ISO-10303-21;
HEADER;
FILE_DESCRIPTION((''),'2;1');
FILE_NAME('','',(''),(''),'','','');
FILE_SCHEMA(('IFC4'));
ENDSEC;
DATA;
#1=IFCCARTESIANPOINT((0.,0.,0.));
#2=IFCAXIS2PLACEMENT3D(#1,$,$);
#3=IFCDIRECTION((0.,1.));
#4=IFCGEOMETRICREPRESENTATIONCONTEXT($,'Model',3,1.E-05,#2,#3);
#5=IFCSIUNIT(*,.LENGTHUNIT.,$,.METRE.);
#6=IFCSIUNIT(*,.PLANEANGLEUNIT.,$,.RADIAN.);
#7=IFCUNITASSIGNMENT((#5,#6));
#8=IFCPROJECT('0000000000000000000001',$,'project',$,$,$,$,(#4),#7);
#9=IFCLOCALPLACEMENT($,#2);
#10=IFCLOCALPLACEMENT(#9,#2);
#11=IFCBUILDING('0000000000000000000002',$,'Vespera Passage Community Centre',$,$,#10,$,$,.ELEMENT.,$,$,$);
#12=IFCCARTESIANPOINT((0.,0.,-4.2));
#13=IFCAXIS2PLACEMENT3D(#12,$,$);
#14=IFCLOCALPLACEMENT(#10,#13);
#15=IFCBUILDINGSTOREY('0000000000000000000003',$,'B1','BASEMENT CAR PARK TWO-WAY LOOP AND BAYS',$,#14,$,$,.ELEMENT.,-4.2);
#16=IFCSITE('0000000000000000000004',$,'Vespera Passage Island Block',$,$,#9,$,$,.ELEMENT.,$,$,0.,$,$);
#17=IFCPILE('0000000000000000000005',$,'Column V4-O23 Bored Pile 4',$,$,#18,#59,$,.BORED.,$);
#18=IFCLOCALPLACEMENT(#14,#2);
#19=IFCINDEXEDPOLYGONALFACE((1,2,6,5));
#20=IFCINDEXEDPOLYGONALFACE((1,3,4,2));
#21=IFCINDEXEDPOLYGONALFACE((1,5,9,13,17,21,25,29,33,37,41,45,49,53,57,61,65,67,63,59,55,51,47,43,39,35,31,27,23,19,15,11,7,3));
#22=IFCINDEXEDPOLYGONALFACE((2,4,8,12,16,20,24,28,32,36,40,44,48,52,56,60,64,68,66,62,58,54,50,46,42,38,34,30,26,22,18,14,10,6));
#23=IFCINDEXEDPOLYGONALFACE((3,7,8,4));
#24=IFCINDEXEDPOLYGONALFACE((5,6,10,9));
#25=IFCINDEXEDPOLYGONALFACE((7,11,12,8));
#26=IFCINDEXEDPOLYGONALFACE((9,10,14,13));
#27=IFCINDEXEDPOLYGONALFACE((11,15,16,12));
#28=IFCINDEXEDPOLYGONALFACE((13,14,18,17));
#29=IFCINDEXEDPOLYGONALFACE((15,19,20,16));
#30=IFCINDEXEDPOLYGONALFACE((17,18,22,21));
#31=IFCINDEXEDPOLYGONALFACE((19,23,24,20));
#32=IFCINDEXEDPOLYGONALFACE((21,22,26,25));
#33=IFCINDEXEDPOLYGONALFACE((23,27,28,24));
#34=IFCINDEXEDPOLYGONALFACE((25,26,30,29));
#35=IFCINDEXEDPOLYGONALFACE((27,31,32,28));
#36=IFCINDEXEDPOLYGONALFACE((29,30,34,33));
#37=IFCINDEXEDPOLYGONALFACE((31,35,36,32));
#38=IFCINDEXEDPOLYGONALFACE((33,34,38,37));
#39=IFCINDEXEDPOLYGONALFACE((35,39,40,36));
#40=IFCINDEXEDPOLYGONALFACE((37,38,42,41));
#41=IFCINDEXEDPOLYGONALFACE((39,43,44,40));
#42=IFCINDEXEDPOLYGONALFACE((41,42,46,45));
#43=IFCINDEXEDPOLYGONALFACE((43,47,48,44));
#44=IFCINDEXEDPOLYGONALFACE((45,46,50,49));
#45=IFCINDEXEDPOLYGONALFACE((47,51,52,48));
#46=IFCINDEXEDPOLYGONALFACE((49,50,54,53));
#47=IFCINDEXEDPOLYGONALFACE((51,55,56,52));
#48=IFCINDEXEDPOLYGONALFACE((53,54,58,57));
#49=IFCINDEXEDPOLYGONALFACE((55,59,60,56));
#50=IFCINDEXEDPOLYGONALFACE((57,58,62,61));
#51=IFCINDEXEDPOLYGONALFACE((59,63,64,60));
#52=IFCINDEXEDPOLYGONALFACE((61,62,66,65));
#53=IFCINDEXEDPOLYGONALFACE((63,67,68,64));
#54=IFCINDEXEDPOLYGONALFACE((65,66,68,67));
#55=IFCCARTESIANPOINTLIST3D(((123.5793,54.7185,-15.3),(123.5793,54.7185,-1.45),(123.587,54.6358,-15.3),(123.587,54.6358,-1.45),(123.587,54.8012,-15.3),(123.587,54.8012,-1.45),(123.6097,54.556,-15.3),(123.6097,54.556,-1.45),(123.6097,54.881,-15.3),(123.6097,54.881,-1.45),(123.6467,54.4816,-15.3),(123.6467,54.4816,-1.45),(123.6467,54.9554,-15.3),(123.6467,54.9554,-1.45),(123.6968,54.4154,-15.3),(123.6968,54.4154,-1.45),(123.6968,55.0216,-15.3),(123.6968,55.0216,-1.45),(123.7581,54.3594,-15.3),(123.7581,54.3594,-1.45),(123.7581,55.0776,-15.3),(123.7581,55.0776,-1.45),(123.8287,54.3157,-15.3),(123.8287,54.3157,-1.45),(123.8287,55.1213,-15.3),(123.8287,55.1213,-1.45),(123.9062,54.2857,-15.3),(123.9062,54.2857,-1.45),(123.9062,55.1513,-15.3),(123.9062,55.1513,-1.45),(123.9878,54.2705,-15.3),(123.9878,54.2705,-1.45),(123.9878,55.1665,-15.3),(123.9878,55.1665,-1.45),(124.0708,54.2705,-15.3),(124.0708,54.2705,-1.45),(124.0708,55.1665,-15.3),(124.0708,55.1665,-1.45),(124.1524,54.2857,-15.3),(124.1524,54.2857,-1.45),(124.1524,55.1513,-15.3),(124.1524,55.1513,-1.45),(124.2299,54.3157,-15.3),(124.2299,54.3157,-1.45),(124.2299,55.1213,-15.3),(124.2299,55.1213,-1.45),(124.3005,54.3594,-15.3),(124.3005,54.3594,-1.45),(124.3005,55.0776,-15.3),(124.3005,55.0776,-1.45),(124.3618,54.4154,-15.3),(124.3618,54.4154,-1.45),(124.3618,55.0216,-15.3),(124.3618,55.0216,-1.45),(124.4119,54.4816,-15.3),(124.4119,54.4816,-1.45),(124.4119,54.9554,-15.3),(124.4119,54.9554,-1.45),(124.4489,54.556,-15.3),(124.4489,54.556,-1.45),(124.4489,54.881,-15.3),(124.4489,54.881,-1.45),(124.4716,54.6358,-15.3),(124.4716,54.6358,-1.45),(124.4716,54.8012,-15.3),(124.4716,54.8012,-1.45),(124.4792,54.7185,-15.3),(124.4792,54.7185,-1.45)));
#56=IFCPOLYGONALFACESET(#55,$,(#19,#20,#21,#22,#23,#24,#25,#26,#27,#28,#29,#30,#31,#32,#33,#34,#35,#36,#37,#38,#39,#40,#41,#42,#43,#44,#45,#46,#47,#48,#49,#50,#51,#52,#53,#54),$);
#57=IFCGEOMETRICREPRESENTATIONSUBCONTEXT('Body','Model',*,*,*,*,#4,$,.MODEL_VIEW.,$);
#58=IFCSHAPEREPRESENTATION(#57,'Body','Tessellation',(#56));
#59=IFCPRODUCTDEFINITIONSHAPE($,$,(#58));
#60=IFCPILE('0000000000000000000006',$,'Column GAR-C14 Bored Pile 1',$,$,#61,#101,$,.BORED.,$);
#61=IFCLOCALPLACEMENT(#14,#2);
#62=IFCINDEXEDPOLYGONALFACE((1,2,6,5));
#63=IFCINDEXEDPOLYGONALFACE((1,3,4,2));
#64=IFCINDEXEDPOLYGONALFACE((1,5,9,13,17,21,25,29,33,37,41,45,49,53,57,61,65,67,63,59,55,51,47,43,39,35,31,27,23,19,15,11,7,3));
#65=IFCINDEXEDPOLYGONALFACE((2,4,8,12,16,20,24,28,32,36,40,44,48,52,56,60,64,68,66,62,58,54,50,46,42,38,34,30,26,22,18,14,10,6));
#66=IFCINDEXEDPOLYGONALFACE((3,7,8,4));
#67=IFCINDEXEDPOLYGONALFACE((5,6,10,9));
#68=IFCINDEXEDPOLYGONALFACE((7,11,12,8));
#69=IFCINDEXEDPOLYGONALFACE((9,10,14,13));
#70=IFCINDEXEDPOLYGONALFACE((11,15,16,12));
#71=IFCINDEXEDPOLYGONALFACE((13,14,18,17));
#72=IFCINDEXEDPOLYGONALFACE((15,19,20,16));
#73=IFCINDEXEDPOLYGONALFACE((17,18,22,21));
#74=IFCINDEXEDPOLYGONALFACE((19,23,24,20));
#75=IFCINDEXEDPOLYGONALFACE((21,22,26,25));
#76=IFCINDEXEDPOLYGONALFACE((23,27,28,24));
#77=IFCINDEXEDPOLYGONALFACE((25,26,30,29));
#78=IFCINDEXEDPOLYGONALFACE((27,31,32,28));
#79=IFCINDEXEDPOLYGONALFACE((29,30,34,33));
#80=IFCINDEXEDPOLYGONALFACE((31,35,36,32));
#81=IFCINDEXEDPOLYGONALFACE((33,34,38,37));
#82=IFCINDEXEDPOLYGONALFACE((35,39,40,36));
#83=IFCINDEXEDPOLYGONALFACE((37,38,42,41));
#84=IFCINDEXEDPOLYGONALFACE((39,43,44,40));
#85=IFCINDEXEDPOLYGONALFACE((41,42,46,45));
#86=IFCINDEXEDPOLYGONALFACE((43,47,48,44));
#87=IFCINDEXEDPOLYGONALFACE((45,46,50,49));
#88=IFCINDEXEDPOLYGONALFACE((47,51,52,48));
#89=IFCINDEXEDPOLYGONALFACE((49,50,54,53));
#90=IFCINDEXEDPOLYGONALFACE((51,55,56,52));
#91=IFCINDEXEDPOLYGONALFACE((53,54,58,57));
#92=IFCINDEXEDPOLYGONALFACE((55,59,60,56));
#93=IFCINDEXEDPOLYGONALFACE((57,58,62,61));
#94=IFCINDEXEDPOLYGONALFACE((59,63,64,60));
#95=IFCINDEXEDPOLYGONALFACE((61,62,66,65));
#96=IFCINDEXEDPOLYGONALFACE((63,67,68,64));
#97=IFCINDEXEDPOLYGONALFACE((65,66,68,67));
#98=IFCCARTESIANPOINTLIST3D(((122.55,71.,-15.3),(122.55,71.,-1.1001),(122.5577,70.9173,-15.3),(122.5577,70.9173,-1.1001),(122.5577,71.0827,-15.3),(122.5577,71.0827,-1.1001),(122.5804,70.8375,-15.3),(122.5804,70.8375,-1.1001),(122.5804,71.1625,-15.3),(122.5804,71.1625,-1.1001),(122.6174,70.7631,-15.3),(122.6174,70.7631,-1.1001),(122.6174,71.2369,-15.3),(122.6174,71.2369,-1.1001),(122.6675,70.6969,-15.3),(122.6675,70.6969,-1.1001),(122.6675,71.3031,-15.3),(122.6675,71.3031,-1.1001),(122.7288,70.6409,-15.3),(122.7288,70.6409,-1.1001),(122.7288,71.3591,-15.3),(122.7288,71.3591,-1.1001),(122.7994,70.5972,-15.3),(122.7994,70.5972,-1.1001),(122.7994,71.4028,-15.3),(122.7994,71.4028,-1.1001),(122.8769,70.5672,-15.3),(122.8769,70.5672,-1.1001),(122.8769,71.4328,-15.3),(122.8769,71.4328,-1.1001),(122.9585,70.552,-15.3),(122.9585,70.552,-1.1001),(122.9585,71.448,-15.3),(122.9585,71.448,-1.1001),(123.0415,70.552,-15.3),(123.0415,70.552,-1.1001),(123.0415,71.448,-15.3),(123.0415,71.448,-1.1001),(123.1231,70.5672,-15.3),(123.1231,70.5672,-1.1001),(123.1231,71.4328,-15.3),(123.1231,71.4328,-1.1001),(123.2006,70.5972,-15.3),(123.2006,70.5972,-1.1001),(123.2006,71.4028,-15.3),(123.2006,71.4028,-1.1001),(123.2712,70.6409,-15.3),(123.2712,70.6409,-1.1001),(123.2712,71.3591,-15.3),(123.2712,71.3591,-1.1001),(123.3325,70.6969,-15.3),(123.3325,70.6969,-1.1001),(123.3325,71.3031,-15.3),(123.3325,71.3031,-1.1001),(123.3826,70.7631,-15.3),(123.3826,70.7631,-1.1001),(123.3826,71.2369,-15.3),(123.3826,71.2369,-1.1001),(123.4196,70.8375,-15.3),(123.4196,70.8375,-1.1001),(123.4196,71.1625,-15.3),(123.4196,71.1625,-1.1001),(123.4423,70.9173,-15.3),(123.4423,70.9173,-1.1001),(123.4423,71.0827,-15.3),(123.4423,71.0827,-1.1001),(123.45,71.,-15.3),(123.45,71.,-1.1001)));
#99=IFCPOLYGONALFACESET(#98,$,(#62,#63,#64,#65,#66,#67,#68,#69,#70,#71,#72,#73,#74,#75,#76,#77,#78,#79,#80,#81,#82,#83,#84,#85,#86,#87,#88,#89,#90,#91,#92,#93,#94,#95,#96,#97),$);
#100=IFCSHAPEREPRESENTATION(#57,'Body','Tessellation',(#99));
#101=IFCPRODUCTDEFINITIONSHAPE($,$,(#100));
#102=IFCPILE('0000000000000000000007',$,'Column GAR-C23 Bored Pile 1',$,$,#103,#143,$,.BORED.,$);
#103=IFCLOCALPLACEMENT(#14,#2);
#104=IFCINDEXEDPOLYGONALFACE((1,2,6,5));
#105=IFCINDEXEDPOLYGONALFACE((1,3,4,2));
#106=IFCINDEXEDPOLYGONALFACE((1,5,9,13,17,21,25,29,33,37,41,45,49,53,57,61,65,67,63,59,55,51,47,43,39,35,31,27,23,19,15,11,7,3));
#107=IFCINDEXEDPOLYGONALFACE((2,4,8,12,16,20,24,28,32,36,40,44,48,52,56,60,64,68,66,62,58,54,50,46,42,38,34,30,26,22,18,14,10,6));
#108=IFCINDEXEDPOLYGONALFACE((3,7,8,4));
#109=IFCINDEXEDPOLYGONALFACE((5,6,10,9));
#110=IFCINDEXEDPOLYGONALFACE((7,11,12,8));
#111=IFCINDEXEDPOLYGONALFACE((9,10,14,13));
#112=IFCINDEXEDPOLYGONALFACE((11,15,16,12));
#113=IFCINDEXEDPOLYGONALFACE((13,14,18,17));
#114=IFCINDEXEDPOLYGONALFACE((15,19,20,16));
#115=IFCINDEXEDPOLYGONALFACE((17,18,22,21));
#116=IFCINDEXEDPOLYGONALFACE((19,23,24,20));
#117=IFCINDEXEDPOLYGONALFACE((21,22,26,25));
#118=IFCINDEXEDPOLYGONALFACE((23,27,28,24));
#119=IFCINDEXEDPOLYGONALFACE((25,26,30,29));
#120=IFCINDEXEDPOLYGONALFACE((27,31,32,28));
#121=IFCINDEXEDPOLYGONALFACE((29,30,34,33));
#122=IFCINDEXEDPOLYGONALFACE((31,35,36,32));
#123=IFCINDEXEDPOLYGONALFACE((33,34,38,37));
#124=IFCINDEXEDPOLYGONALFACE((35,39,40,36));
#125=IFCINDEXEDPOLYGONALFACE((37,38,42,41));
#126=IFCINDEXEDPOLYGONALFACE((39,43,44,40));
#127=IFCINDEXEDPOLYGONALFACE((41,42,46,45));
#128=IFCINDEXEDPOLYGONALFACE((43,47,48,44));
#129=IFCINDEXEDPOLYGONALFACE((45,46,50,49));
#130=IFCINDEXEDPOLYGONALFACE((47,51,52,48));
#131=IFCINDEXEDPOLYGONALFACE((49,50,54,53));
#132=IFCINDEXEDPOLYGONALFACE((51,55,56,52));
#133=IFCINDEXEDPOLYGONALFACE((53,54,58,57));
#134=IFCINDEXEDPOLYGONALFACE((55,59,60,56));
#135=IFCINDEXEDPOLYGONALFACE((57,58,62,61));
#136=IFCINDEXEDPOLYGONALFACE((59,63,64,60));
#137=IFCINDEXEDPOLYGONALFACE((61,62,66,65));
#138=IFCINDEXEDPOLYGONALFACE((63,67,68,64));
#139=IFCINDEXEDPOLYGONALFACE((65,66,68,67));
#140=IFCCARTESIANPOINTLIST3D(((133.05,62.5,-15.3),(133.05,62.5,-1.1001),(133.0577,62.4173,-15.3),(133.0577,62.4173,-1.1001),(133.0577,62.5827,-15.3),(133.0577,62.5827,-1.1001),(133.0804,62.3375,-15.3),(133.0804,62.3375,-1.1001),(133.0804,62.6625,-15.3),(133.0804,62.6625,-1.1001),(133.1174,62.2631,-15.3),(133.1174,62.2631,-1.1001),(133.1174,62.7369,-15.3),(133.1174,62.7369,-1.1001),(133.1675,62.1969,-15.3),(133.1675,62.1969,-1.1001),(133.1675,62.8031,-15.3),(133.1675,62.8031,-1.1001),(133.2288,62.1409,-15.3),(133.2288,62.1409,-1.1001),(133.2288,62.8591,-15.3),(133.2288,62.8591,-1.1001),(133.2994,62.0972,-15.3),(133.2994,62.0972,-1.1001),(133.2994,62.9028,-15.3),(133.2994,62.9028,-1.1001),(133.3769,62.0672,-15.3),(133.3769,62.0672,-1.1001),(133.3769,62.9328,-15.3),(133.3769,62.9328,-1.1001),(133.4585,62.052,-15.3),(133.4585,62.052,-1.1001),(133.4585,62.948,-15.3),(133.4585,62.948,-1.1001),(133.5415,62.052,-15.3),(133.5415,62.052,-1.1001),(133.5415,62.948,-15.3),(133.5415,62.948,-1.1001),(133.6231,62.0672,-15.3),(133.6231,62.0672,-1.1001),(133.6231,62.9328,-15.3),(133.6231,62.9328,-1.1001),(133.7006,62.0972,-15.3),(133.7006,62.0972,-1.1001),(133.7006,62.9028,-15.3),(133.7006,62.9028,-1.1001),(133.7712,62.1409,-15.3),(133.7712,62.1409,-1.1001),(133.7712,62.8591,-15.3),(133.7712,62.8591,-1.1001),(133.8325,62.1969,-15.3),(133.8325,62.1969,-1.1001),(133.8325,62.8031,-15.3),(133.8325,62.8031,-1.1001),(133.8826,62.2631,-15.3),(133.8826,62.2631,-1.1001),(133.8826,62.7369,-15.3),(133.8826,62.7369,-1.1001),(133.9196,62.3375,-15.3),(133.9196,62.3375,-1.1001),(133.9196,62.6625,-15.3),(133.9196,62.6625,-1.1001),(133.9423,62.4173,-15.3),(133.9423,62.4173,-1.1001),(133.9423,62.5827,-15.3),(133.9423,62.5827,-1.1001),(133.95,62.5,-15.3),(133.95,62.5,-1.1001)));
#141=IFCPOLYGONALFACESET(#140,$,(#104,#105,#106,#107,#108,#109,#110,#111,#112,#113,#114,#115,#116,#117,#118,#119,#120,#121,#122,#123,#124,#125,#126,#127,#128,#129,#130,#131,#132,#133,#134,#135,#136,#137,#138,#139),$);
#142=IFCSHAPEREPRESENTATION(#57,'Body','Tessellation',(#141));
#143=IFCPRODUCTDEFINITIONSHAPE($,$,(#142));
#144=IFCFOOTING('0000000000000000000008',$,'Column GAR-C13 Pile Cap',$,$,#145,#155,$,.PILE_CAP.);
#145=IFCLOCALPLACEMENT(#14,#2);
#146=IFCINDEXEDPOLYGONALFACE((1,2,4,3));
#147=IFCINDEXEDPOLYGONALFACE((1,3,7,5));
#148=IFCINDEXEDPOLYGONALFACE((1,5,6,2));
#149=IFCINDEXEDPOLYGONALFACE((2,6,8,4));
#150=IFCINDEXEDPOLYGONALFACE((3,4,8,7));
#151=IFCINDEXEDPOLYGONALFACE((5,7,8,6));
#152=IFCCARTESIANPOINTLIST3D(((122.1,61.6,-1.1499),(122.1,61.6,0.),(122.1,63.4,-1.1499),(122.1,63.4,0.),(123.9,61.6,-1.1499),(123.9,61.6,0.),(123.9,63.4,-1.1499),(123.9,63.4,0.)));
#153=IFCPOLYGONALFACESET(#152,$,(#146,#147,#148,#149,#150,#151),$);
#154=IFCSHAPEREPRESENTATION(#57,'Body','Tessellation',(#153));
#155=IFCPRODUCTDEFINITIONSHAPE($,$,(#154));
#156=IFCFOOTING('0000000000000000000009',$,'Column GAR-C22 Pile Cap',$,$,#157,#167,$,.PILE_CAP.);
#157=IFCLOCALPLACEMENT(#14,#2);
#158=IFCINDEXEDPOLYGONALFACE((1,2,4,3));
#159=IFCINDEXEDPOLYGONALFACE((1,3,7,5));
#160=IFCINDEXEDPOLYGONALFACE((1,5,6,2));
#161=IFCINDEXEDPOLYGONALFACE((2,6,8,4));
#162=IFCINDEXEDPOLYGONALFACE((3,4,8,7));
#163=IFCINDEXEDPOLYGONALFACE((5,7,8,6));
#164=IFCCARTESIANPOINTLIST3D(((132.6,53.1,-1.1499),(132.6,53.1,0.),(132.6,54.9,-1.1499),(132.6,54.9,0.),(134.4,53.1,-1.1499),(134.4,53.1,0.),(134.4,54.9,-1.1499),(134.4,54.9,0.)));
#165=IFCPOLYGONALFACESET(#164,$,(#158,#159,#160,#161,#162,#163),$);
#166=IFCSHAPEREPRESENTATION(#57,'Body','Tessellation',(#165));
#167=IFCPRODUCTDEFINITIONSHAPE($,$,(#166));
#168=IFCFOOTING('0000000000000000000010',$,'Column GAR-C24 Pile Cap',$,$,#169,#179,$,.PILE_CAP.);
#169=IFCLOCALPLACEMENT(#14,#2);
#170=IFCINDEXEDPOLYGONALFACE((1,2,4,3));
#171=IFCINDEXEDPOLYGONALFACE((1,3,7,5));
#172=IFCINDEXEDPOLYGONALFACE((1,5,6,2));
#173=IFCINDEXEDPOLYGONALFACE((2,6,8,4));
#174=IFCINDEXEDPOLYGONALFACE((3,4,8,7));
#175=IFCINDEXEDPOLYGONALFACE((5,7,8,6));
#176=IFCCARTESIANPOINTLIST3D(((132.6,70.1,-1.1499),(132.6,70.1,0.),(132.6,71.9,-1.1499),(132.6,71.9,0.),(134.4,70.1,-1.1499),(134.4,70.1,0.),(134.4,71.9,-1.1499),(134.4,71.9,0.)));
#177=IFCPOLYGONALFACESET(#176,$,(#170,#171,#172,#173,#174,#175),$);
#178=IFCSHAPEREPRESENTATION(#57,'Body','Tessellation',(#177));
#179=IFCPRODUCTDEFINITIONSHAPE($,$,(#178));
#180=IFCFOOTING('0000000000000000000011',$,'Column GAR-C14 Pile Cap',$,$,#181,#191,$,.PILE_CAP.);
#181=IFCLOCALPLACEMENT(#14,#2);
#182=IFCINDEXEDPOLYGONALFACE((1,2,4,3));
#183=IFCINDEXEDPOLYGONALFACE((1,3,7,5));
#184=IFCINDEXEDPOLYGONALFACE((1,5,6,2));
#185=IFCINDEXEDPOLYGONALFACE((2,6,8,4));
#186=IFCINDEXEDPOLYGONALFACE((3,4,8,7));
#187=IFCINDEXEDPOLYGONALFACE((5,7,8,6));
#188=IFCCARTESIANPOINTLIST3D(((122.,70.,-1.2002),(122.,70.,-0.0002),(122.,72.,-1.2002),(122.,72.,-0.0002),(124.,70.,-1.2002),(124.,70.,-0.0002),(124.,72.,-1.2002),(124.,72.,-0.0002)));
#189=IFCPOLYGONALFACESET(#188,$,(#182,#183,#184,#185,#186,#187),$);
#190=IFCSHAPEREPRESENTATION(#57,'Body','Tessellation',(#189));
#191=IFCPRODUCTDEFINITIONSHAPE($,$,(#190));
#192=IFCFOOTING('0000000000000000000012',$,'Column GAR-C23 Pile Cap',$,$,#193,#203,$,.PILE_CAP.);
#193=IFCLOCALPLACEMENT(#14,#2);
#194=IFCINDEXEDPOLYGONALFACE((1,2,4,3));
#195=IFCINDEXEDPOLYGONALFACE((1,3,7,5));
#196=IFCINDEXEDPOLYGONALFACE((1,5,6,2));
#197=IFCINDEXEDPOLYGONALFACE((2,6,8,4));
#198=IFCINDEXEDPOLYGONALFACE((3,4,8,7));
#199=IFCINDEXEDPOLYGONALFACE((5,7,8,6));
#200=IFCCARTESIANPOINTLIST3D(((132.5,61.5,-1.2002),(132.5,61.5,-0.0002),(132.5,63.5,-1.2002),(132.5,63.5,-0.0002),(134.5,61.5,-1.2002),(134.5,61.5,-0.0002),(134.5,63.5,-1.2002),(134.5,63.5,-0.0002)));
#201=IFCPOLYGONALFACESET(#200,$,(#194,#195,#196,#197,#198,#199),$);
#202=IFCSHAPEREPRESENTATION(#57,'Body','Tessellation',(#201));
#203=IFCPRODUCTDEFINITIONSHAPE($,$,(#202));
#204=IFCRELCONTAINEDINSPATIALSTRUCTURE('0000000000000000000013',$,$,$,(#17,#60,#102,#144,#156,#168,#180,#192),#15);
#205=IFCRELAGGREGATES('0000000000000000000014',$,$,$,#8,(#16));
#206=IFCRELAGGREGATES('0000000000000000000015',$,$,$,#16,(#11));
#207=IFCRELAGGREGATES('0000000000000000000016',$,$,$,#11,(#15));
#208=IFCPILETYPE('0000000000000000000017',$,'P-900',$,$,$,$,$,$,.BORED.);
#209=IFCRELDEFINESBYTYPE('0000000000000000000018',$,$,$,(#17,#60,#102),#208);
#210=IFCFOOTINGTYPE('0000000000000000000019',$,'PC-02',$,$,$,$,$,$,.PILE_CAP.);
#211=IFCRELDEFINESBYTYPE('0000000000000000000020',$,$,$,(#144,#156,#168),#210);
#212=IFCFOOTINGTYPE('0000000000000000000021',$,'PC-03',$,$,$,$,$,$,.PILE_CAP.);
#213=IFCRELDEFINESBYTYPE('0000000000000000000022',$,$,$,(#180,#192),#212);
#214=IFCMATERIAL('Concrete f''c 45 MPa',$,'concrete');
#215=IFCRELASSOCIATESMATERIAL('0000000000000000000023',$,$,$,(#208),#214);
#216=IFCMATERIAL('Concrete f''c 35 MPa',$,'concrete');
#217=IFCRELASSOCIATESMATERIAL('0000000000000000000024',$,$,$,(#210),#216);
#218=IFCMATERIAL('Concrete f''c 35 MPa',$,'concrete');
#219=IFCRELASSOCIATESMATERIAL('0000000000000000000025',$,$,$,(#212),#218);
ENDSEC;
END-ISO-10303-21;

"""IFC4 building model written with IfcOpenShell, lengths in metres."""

from ifc_helpers import new_model, si_unit, direction, frame, origin, origin_2d, place, context, subcontext, project, spatial, rectangle, circle, extrude, material, material_profile, profile_set, type_object, element, save


model = new_model("IFC4")

# Units and contexts
model_context = context("Model", 3, precision=1e-05, world=origin(), true_north=direction((0.0, 1.0)))
body_context = subcontext(model_context, "Body", "Model", "MODEL_VIEW")
ifc_project = project(units=[si_unit("LENGTHUNIT", "METRE"), si_unit("PLANEANGLEUNIT", "RADIAN")], contexts=[model_context])

# Site, building, storey
site_placement = place(None, origin())
site = spatial("IfcSite", under=ifc_project, at=site_placement, Name="Vespera Passage Island Block", CompositionType="ELEMENT", RefElevation=0.0)
building_placement = place(site_placement, origin())
building = spatial("IfcBuilding", under=site, at=building_placement, Name="Vespera Passage Community Centre", CompositionType="ELEMENT")
storey_placement = place(building_placement, frame((0.0, 0.0, -4.2)))
storey = spatial("IfcBuildingStorey", under=building, at=storey_placement, Name="B1", Description="BASEMENT CAR PARK TWO-WAY LOOP AND BAYS", CompositionType="ELEMENT", Elevation=-4.2)

# Piles
ifc_material_1 = material(Name="Concrete f'c 45 MPa", Category="concrete")
ifc_material_profile_1 = material_profile(ifc_material_1, circle(Radius=0.45, at=origin_2d()), Name="PILE900DIA")
ifc_profile_set_1 = profile_set([ifc_material_profile_1], Name="Concrete f'c 45 MPa")
pile_type_1 = type_object("IfcPileType", Name="P-900", PredefinedType="BORED", material=ifc_profile_set_1)
for number, where, z_axis, x_axis, name in (
    (1, (124.0293, 54.7185, -1.45), (0.0, 0.0, -1.0), (1.0, 0.0, 0.0), "Column V4-O23 Bored Pile 4"),
):
    element("IfcPile", number, at=place(storey_placement, frame(where, z_axis=z_axis, x_axis=x_axis)), inside=storey, type_object=pile_type_1, Name=name, PredefinedType="BORED", context=body_context, shape_type="SweptSolid", body=[
        extrude(circle(Radius=0.45, at=origin_2d()), origin(), (0.0, 0.0, 1.0), 13.8501),
    ])
for number, where, z_axis, x_axis, name in (
    (2, (123.0, 71.0, -1.1001), (0.0, 0.0, -1.0), (1.0, 0.0, 0.0), "Column GAR-C14 Bored Pile 1"),
    (3, (133.5, 62.5, -1.1001), (0.0, 0.0, -1.0), (1.0, 0.0, 0.0), "Column GAR-C23 Bored Pile 1"),
):
    element("IfcPile", number, at=place(storey_placement, frame(where, z_axis=z_axis, x_axis=x_axis)), inside=storey, type_object=pile_type_1, Name=name, PredefinedType="BORED", context=body_context, shape_type="SweptSolid", body=[
        extrude(circle(Radius=0.45, at=origin_2d()), origin(), (0.0, 0.0, 1.0), 14.2),
    ])

# Footings
ifc_material_2 = material(Name="Concrete f'c 35 MPa", Category="concrete")
footing_type_1 = type_object("IfcFootingType", Name="PC-02", PredefinedType="PILE_CAP", material=ifc_material_2)
for number, where, z_axis, x_axis, name in (
    (4, (123.0, 62.5, -1.1499), (0.0, 0.0, 1.0), (1.0, 0.0, 0.0), "Column GAR-C13 Pile Cap"),
    (5, (133.5, 54.0, -1.1499), (0.0, 0.0, 1.0), (1.0, 0.0, 0.0), "Column GAR-C22 Pile Cap"),
    (6, (133.5, 71.0, -1.1499), (0.0, 0.0, 1.0), (1.0, 0.0, 0.0), "Column GAR-C24 Pile Cap"),
):
    element("IfcFooting", number, at=place(storey_placement, frame(where, z_axis=z_axis, x_axis=x_axis)), inside=storey, type_object=footing_type_1, Name=name, PredefinedType="PILE_CAP", context=body_context, shape_type="SweptSolid", body=[
        extrude(rectangle(XDim=1.8, YDim=1.8, at=origin_2d()), origin(), (0.0, 0.0, 1.0), 1.1499),
    ])
ifc_material_3 = material(Name="Concrete f'c 35 MPa", Category="concrete")
footing_type_2 = type_object("IfcFootingType", Name="PC-03", PredefinedType="PILE_CAP", material=ifc_material_3)
for number, where, z_axis, x_axis, name in (
    (7, (123.0, 71.0, -1.2002), (0.0, 0.0, 1.0), (1.0, 0.0, 0.0), "Column GAR-C14 Pile Cap"),
    (8, (133.5, 62.5, -1.2002), (0.0, 0.0, 1.0), (1.0, 0.0, 0.0), "Column GAR-C23 Pile Cap"),
):
    element("IfcFooting", number, at=place(storey_placement, frame(where, z_axis=z_axis, x_axis=x_axis)), inside=storey, type_object=footing_type_2, Name=name, PredefinedType="PILE_CAP", context=body_context, shape_type="SweptSolid", body=[
        extrude(rectangle(XDim=2.0, YDim=2.0, at=origin_2d()), origin(), (0.0, 0.0, 1.0), 1.2),
    ])

save(model, "model.ifc")
